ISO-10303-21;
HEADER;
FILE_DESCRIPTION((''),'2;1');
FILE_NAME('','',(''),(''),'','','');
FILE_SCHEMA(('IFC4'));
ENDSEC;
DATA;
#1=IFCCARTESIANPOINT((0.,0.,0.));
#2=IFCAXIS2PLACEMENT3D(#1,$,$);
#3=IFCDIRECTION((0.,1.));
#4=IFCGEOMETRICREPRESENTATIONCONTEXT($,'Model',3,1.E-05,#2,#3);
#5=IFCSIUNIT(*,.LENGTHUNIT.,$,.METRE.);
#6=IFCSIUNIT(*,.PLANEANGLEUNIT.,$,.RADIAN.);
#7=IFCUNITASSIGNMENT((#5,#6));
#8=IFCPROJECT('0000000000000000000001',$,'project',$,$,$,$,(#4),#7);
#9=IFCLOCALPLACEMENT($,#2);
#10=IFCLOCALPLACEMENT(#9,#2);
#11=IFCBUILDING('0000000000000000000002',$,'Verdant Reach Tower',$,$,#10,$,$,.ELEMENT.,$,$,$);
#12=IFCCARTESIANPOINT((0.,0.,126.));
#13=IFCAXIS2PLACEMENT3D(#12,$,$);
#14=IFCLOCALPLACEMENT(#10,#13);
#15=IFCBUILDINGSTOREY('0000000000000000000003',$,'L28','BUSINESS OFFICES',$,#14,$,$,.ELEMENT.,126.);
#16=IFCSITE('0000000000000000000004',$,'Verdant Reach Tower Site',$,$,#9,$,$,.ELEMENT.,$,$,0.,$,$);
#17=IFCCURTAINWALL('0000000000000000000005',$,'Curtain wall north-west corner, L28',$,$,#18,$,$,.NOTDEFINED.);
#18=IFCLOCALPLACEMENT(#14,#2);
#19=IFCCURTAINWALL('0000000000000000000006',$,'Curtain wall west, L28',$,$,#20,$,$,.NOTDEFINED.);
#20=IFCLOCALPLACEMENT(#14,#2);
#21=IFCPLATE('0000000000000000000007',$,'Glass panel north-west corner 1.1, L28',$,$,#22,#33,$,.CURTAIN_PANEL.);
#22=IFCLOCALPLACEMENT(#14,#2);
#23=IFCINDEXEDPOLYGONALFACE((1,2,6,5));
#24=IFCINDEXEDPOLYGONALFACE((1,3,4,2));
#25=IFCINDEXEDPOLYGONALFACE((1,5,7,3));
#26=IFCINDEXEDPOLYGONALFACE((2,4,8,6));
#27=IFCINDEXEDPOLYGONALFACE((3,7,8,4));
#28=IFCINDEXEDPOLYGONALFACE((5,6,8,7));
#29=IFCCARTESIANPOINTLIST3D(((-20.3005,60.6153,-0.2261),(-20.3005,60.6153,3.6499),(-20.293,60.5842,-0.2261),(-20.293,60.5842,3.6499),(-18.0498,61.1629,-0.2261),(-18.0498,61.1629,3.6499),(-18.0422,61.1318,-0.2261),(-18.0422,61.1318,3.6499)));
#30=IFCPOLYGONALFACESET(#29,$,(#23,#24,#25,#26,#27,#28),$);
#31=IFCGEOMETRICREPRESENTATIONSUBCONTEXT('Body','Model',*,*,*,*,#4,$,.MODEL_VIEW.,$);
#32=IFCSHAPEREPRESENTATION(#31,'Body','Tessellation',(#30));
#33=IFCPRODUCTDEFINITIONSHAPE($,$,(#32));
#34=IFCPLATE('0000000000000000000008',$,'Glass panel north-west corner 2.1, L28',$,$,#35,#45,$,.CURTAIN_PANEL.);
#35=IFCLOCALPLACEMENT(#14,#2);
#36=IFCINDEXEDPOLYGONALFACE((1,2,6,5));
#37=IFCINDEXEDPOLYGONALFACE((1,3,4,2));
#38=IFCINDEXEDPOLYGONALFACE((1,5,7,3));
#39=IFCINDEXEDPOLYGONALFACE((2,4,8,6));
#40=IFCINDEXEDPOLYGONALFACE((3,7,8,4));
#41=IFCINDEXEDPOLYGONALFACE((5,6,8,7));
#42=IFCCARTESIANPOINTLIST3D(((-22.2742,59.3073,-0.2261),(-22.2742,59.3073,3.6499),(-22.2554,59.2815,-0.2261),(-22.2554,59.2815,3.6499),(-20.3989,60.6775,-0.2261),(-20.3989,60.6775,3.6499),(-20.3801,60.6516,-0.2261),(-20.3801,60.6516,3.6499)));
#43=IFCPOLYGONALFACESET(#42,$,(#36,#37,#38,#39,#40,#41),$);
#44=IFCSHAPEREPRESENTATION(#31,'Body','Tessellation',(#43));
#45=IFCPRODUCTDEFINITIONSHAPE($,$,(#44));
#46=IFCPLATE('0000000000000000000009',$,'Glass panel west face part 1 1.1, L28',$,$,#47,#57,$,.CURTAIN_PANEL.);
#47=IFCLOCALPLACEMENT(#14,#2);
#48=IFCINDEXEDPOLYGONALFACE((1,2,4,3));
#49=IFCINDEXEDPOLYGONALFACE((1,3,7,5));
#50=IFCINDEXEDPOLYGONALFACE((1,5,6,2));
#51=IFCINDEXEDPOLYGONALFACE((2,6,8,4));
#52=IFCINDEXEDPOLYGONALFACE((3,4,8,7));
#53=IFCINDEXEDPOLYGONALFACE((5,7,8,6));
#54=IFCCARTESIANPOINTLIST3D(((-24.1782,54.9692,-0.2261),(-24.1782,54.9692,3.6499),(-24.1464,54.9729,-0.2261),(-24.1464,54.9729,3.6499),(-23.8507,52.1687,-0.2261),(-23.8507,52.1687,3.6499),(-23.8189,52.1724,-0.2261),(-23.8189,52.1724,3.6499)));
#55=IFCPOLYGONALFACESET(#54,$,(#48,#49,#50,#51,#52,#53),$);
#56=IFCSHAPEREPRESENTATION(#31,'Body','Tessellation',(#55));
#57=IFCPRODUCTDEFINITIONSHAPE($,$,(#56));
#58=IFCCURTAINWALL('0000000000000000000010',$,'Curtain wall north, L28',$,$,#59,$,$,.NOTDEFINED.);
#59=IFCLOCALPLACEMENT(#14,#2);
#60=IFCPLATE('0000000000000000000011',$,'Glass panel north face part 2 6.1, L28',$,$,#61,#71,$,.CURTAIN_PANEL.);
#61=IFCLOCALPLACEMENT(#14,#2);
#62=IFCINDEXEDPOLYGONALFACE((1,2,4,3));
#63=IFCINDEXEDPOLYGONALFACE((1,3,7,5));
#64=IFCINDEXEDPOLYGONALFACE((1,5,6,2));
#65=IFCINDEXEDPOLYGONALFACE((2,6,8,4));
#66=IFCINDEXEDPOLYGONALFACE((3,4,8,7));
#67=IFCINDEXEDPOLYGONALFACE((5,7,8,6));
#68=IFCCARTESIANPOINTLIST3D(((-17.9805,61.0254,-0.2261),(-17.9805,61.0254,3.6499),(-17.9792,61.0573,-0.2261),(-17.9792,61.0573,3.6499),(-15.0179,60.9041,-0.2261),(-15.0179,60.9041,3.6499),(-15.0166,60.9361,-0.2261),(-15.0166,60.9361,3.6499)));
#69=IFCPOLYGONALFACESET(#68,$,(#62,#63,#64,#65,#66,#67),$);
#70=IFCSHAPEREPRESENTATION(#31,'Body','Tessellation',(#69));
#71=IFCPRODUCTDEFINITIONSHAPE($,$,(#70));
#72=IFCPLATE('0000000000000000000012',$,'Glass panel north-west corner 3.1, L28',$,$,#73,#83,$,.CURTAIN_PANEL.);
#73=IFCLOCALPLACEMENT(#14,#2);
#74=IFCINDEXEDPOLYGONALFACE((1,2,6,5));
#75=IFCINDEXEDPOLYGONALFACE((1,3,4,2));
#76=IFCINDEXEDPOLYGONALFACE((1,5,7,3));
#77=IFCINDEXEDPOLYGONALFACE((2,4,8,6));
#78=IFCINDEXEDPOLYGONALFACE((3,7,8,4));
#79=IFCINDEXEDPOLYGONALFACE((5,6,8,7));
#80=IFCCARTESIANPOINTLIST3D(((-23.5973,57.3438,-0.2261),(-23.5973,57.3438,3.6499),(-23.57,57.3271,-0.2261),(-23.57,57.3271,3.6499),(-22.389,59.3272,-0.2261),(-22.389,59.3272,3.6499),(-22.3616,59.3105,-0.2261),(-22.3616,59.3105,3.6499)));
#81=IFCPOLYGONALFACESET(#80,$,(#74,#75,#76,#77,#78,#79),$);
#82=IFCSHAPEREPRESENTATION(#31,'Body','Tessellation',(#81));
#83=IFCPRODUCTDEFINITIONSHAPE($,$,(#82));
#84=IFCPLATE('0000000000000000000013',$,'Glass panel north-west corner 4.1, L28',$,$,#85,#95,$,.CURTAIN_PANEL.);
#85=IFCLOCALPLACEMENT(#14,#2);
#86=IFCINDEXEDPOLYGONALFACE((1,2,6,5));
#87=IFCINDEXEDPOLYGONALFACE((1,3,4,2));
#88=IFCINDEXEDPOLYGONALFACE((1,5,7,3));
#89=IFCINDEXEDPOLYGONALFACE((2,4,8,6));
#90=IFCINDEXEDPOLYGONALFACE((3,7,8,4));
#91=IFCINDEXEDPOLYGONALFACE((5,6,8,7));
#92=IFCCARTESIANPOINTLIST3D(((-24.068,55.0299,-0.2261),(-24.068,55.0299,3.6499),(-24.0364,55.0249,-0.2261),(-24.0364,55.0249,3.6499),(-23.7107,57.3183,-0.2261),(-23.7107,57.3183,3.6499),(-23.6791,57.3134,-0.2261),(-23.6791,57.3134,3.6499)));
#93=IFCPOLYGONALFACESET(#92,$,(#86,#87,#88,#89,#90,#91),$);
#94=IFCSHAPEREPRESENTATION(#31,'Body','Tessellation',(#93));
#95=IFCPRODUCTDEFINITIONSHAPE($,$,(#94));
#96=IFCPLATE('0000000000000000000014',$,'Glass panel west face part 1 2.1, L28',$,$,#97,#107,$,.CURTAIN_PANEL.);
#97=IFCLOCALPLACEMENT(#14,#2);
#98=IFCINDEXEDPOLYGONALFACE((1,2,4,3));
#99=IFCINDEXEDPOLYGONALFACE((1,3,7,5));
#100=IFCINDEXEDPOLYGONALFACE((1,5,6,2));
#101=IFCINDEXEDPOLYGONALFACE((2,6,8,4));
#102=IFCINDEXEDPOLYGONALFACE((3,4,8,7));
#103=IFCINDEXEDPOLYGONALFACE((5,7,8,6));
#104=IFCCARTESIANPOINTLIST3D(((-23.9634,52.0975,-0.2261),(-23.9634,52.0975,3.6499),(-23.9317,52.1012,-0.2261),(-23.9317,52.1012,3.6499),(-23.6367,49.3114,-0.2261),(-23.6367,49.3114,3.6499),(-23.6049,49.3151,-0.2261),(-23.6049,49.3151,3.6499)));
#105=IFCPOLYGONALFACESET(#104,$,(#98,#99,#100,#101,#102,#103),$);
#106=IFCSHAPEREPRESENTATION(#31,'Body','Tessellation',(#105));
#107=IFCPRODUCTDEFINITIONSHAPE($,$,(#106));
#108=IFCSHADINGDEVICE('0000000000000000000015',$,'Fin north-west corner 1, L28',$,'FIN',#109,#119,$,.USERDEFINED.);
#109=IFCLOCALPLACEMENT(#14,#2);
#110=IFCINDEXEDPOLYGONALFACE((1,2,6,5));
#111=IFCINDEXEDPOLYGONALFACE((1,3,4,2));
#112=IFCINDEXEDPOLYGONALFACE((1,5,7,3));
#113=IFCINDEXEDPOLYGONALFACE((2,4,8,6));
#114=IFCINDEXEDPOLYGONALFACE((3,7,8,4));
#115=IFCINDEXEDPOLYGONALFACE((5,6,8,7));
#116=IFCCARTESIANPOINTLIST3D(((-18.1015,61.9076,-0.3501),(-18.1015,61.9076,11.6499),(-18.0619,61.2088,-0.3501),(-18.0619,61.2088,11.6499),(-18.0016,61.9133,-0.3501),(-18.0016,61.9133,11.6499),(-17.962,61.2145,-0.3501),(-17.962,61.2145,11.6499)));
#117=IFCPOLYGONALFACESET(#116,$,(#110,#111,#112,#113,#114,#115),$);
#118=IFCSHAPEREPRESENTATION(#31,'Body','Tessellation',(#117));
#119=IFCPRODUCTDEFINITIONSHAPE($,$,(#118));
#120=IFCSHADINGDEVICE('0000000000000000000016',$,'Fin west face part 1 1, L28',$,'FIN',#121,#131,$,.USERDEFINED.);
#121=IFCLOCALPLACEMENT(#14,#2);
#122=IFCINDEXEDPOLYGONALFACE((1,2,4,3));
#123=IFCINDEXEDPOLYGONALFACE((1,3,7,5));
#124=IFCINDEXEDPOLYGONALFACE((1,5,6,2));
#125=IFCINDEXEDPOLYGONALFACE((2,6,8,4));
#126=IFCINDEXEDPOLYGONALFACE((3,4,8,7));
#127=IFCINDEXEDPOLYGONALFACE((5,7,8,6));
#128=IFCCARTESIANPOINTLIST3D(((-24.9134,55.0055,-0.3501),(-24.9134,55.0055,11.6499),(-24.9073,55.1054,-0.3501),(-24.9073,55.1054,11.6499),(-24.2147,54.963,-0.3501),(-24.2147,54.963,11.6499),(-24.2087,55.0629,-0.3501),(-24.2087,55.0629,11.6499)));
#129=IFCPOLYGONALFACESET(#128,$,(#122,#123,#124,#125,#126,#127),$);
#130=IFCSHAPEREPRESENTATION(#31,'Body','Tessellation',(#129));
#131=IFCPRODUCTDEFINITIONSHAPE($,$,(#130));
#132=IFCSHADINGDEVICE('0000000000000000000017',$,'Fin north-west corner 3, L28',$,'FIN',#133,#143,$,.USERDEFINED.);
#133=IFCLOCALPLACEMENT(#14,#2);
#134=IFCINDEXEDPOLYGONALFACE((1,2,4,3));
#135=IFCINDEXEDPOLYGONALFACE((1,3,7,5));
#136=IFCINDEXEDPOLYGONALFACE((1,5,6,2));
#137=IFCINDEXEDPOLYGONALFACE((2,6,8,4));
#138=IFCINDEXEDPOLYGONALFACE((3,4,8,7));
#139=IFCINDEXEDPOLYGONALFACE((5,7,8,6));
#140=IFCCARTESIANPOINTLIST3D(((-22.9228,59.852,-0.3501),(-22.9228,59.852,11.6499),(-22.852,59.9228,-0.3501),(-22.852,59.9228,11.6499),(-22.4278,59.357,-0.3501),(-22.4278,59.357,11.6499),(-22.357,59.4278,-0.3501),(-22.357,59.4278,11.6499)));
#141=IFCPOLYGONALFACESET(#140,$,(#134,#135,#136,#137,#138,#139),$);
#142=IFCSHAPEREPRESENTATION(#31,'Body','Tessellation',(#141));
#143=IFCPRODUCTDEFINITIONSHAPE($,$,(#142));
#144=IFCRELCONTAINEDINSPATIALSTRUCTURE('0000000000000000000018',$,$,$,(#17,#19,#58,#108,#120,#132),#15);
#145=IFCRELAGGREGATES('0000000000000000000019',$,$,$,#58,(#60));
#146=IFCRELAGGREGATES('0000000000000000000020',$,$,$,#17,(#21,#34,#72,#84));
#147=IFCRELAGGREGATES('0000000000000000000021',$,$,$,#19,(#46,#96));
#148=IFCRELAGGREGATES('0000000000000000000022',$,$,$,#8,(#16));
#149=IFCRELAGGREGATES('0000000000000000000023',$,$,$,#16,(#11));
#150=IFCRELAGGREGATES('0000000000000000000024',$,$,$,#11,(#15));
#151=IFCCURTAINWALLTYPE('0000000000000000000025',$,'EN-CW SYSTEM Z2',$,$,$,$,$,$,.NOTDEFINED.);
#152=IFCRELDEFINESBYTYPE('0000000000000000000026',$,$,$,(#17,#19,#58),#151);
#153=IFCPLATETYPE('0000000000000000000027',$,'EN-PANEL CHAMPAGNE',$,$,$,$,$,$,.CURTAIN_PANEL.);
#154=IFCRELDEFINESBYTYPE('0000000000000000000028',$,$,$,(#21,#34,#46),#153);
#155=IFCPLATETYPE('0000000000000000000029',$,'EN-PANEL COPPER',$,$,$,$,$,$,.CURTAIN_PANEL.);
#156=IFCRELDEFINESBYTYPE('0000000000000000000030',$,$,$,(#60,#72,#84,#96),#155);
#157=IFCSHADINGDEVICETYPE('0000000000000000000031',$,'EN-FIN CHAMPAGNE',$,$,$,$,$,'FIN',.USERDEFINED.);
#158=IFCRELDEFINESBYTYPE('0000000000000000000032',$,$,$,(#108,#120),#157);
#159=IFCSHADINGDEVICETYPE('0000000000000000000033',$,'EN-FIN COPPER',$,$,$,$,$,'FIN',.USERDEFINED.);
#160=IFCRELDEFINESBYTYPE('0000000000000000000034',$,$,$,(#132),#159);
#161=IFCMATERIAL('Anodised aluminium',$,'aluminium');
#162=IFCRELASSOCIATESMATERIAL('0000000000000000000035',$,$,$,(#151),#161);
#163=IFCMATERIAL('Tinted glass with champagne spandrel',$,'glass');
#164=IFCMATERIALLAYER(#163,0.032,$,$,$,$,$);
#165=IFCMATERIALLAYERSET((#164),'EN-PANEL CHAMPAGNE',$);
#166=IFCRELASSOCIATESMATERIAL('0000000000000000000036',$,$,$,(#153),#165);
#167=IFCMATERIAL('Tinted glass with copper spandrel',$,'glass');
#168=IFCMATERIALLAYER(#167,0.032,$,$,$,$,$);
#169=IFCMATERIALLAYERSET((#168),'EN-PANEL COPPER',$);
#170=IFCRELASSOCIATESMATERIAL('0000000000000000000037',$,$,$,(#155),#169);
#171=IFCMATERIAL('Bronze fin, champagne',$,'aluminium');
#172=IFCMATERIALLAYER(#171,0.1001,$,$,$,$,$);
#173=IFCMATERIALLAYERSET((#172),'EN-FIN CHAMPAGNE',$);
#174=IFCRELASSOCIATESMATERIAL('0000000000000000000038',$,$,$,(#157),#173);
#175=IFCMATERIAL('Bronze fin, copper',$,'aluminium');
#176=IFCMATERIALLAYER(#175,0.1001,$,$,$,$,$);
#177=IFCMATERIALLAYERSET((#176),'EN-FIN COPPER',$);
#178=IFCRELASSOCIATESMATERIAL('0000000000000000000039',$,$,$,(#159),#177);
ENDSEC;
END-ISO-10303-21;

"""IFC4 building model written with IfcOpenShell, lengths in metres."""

from ifc_helpers import new_model, si_unit, direction, frame, origin, origin_2d, place, context, subcontext, project, spatial, rectangle, extrude, material, layer, layer_set, type_object, element, aggregate, save


model = new_model("IFC4")

# Units and contexts
model_context = context("Model", 3, precision=1e-05, world=origin(), true_north=direction((0.0, 1.0)))
body_context = subcontext(model_context, "Body", "Model", "MODEL_VIEW")
ifc_project = project(units=[si_unit("LENGTHUNIT", "METRE"), si_unit("PLANEANGLEUNIT", "RADIAN")], contexts=[model_context])

# Site, building, storey
site_placement = place(None, origin())
site = spatial("IfcSite", under=ifc_project, at=site_placement, Name="Verdant Reach Tower Site", CompositionType="ELEMENT", RefElevation=0.0)
building_placement = place(site_placement, origin())
building = spatial("IfcBuilding", under=site, at=building_placement, Name="Verdant Reach Tower", CompositionType="ELEMENT")
storey_placement = place(building_placement, frame((0.0, 0.0, 126.0)))
storey = spatial("IfcBuildingStorey", under=building, at=storey_placement, Name="L28", Description="BUSINESS OFFICES", CompositionType="ELEMENT", Elevation=126.0)

# Curtain walls
ifc_material_1 = material(Name="Anodised aluminium", Category="aluminium")
curtain_wall_type = type_object("IfcCurtainWallType", Name="EN-CW SYSTEM Z2", PredefinedType="NOTDEFINED", material=ifc_material_1)
curtain_wall_1_placement = place(storey_placement, origin())
curtain_wall_1 = element("IfcCurtainWall", 1, at=curtain_wall_1_placement, inside=storey, type_object=curtain_wall_type, Name="Curtain wall north-west corner, L28", PredefinedType="NOTDEFINED")
curtain_wall_2_placement = place(storey_placement, origin())
curtain_wall_2 = element("IfcCurtainWall", 2, at=curtain_wall_2_placement, inside=storey, type_object=curtain_wall_type, Name="Curtain wall west, L28", PredefinedType="NOTDEFINED")

# Plates
ifc_material_2 = material(Name="Tinted glass with champagne spandrel", Category="glass")
ifc_layer_1 = layer(ifc_material_2, 0.032)
ifc_layer_set_1 = layer_set([ifc_layer_1], Name="EN-PANEL CHAMPAGNE")
plate_type_1 = type_object("IfcPlateType", Name="EN-PANEL CHAMPAGNE", PredefinedType="CURTAIN_PANEL", material=ifc_layer_set_1)
plate_1_placement = place(storey_placement, frame((-19.1714, 60.8735, -0.2261), z_axis=(0.0, 0.0, 1.0), x_axis=(-0.971658, -0.236391, 0.0)))
plate_1 = element("IfcPlate", 3, at=plate_1_placement, type_object=plate_type_1, Name="Glass panel north-west corner 1.1, L28", PredefinedType="CURTAIN_PANEL", context=body_context, shape_type="SweptSolid", body=[
    extrude(rectangle(XDim=2.3164, YDim=0.032, at=origin_2d()), origin(), (0.0, 0.0, 1.0), 3.876),
])
plate_2_placement = place(storey_placement, frame((-21.3271, 59.9795, -0.2261), z_axis=(0.0, 0.0, 1.0), x_axis=(-0.807457, -0.589927, 0.0)))
plate_2 = element("IfcPlate", 4, at=plate_2_placement, type_object=plate_type_1, Name="Glass panel north-west corner 2.1, L28", PredefinedType="CURTAIN_PANEL", context=body_context, shape_type="SweptSolid", body=[
    extrude(rectangle(XDim=2.3225, YDim=0.032, at=origin_2d()), origin(), (0.0, 0.0, 1.0), 3.876),
])
plate_3_placement = place(storey_placement, frame((-23.9985, 53.5708, -0.2261), z_axis=(0.0, 0.0, 1.0), x_axis=(0.116147, -0.993232, 0.0)))
plate_3 = element("IfcPlate", 5, at=plate_3_placement, type_object=plate_type_1, Name="Glass panel west face part 1 1.1, L28", PredefinedType="CURTAIN_PANEL", context=body_context, shape_type="SweptSolid", body=[
    extrude(rectangle(XDim=2.8196, YDim=0.032, at=origin_2d()), origin(), (0.0, 0.0, 1.0), 3.876),
])

# Curtain wall, plate
curtain_wall_3_placement = place(storey_placement, origin())
curtain_wall_3 = element("IfcCurtainWall", 6, at=curtain_wall_3_placement, inside=storey, type_object=curtain_wall_type, Name="Curtain wall north, L28", PredefinedType="NOTDEFINED")
ifc_material_3 = material(Name="Tinted glass with copper spandrel", Category="glass")
ifc_layer_2 = layer(ifc_material_3, 0.032)
ifc_layer_set_2 = layer_set([ifc_layer_2], Name="EN-PANEL COPPER")
plate_type_2 = type_object("IfcPlateType", Name="EN-PANEL COPPER", PredefinedType="CURTAIN_PANEL", material=ifc_layer_set_2)
plate_4_placement = place(storey_placement, frame((-16.4985, 60.9807, -0.2261), z_axis=(0.0, 0.0, 1.0), x_axis=(-0.999163, 0.0409, 0.0)))
plate_4 = element("IfcPlate", 7, at=plate_4_placement, type_object=plate_type_2, Name="Glass panel north face part 2 6.1, L28", PredefinedType="CURTAIN_PANEL", context=body_context, shape_type="SweptSolid", body=[
    extrude(rectangle(XDim=2.9651, YDim=0.032, at=origin_2d()), origin(), (0.0, 0.0, 1.0), 3.876),
])
aggregate(curtain_wall_3, [plate_4])

# Plates
plate_5_placement = place(storey_placement, frame((-22.9795, 58.3271, -0.2261), z_axis=(0.0, 0.0, 1.0), x_axis=(-0.520292, -0.853989, 0.0)))
plate_5 = element("IfcPlate", 8, at=plate_5_placement, type_object=plate_type_2, Name="Glass panel north-west corner 3.1, L28", PredefinedType="CURTAIN_PANEL", context=body_context, shape_type="SweptSolid", body=[
    extrude(rectangle(XDim=2.3225, YDim=0.032, at=origin_2d()), origin(), (0.0, 0.0, 1.0), 3.876),
])
plate_6_placement = place(storey_placement, frame((-23.8735, 56.1716, -0.2261), z_axis=(0.0, 0.0, 1.0), x_axis=(-0.154281, -0.988027, 0.0)))
plate_6 = element("IfcPlate", 9, at=plate_6_placement, type_object=plate_type_2, Name="Glass panel north-west corner 4.1, L28", PredefinedType="CURTAIN_PANEL", context=body_context, shape_type="SweptSolid", body=[
    extrude(rectangle(XDim=2.3162, YDim=0.032, at=origin_2d()), origin(), (0.0, 0.0, 1.0), 3.876),
])
aggregate(curtain_wall_1, [plate_1, plate_2, plate_5, plate_6])
plate_7_placement = place(storey_placement, frame((-23.7842, 50.7063, -0.2261), z_axis=(0.0, 0.0, 1.0), x_axis=(0.116483, -0.993193, 0.0)))
plate_7 = element("IfcPlate", 10, at=plate_7_placement, type_object=plate_type_2, Name="Glass panel west face part 1 2.1, L28", PredefinedType="CURTAIN_PANEL", context=body_context, shape_type="SweptSolid", body=[
    extrude(rectangle(XDim=2.8052, YDim=0.032, at=origin_2d()), origin(), (0.0, 0.0, 1.0), 3.876),
])
aggregate(curtain_wall_2, [plate_3, plate_7])

# Shading devices
ifc_material_4 = material(Name="Bronze fin, champagne", Category="aluminium")
ifc_layer_3 = layer(ifc_material_4, 0.1001)
ifc_layer_set_3 = layer_set([ifc_layer_3], Name="EN-FIN CHAMPAGNE")
shading_device_type_1 = type_object("IfcShadingDeviceType", Name="EN-FIN CHAMPAGNE", ElementType="FIN", PredefinedType="USERDEFINED", material=ifc_layer_set_3)
for number, where, z_axis, x_axis, name in (
    (11, (-18.0317, 61.561, -0.3501), (0.0, 0.0, 1.0), (-0.998399, -0.056569, 0.0), "Fin north-west corner 1, L28"),
    (12, (-24.561, 55.0342, -0.3501), (0.0, 0.0, 1.0), (-0.060703, -0.998156, 0.0), "Fin west face part 1 1, L28"),
):
    element("IfcShadingDevice", number, at=place(storey_placement, frame(where, z_axis=z_axis, x_axis=x_axis)), inside=storey, type_object=shading_device_type_1, Name=name, ObjectType="FIN", PredefinedType="USERDEFINED", context=body_context, shape_type="SweptSolid", body=[
        extrude(rectangle(XDim=0.1001, YDim=0.7, at=origin_2d()), origin(), (0.0, 0.0, 1.0), 12.0),
    ])
ifc_material_5 = material(Name="Bronze fin, copper", Category="aluminium")
ifc_layer_4 = layer(ifc_material_5, 0.1001)
ifc_layer_set_4 = layer_set([ifc_layer_4], Name="EN-FIN COPPER")
shading_device_type_2 = type_object("IfcShadingDeviceType", Name="EN-FIN COPPER", ElementType="FIN", PredefinedType="USERDEFINED", material=ifc_layer_set_4)
shading_device_placement = place(storey_placement, frame((-22.6399, 59.6399, -0.3501), z_axis=(0.0, 0.0, 1.0), x_axis=(-0.707107, -0.707107, 0.0)))
element("IfcShadingDevice", 13, at=shading_device_placement, inside=storey, type_object=shading_device_type_2, Name="Fin north-west corner 3, L28", ObjectType="FIN", PredefinedType="USERDEFINED", context=body_context, shape_type="SweptSolid", body=[
    extrude(rectangle(XDim=0.1001, YDim=0.7, at=origin_2d()), origin(), (0.0, 0.0, 1.0), 12.0),
])

save(model, "model.ifc")
